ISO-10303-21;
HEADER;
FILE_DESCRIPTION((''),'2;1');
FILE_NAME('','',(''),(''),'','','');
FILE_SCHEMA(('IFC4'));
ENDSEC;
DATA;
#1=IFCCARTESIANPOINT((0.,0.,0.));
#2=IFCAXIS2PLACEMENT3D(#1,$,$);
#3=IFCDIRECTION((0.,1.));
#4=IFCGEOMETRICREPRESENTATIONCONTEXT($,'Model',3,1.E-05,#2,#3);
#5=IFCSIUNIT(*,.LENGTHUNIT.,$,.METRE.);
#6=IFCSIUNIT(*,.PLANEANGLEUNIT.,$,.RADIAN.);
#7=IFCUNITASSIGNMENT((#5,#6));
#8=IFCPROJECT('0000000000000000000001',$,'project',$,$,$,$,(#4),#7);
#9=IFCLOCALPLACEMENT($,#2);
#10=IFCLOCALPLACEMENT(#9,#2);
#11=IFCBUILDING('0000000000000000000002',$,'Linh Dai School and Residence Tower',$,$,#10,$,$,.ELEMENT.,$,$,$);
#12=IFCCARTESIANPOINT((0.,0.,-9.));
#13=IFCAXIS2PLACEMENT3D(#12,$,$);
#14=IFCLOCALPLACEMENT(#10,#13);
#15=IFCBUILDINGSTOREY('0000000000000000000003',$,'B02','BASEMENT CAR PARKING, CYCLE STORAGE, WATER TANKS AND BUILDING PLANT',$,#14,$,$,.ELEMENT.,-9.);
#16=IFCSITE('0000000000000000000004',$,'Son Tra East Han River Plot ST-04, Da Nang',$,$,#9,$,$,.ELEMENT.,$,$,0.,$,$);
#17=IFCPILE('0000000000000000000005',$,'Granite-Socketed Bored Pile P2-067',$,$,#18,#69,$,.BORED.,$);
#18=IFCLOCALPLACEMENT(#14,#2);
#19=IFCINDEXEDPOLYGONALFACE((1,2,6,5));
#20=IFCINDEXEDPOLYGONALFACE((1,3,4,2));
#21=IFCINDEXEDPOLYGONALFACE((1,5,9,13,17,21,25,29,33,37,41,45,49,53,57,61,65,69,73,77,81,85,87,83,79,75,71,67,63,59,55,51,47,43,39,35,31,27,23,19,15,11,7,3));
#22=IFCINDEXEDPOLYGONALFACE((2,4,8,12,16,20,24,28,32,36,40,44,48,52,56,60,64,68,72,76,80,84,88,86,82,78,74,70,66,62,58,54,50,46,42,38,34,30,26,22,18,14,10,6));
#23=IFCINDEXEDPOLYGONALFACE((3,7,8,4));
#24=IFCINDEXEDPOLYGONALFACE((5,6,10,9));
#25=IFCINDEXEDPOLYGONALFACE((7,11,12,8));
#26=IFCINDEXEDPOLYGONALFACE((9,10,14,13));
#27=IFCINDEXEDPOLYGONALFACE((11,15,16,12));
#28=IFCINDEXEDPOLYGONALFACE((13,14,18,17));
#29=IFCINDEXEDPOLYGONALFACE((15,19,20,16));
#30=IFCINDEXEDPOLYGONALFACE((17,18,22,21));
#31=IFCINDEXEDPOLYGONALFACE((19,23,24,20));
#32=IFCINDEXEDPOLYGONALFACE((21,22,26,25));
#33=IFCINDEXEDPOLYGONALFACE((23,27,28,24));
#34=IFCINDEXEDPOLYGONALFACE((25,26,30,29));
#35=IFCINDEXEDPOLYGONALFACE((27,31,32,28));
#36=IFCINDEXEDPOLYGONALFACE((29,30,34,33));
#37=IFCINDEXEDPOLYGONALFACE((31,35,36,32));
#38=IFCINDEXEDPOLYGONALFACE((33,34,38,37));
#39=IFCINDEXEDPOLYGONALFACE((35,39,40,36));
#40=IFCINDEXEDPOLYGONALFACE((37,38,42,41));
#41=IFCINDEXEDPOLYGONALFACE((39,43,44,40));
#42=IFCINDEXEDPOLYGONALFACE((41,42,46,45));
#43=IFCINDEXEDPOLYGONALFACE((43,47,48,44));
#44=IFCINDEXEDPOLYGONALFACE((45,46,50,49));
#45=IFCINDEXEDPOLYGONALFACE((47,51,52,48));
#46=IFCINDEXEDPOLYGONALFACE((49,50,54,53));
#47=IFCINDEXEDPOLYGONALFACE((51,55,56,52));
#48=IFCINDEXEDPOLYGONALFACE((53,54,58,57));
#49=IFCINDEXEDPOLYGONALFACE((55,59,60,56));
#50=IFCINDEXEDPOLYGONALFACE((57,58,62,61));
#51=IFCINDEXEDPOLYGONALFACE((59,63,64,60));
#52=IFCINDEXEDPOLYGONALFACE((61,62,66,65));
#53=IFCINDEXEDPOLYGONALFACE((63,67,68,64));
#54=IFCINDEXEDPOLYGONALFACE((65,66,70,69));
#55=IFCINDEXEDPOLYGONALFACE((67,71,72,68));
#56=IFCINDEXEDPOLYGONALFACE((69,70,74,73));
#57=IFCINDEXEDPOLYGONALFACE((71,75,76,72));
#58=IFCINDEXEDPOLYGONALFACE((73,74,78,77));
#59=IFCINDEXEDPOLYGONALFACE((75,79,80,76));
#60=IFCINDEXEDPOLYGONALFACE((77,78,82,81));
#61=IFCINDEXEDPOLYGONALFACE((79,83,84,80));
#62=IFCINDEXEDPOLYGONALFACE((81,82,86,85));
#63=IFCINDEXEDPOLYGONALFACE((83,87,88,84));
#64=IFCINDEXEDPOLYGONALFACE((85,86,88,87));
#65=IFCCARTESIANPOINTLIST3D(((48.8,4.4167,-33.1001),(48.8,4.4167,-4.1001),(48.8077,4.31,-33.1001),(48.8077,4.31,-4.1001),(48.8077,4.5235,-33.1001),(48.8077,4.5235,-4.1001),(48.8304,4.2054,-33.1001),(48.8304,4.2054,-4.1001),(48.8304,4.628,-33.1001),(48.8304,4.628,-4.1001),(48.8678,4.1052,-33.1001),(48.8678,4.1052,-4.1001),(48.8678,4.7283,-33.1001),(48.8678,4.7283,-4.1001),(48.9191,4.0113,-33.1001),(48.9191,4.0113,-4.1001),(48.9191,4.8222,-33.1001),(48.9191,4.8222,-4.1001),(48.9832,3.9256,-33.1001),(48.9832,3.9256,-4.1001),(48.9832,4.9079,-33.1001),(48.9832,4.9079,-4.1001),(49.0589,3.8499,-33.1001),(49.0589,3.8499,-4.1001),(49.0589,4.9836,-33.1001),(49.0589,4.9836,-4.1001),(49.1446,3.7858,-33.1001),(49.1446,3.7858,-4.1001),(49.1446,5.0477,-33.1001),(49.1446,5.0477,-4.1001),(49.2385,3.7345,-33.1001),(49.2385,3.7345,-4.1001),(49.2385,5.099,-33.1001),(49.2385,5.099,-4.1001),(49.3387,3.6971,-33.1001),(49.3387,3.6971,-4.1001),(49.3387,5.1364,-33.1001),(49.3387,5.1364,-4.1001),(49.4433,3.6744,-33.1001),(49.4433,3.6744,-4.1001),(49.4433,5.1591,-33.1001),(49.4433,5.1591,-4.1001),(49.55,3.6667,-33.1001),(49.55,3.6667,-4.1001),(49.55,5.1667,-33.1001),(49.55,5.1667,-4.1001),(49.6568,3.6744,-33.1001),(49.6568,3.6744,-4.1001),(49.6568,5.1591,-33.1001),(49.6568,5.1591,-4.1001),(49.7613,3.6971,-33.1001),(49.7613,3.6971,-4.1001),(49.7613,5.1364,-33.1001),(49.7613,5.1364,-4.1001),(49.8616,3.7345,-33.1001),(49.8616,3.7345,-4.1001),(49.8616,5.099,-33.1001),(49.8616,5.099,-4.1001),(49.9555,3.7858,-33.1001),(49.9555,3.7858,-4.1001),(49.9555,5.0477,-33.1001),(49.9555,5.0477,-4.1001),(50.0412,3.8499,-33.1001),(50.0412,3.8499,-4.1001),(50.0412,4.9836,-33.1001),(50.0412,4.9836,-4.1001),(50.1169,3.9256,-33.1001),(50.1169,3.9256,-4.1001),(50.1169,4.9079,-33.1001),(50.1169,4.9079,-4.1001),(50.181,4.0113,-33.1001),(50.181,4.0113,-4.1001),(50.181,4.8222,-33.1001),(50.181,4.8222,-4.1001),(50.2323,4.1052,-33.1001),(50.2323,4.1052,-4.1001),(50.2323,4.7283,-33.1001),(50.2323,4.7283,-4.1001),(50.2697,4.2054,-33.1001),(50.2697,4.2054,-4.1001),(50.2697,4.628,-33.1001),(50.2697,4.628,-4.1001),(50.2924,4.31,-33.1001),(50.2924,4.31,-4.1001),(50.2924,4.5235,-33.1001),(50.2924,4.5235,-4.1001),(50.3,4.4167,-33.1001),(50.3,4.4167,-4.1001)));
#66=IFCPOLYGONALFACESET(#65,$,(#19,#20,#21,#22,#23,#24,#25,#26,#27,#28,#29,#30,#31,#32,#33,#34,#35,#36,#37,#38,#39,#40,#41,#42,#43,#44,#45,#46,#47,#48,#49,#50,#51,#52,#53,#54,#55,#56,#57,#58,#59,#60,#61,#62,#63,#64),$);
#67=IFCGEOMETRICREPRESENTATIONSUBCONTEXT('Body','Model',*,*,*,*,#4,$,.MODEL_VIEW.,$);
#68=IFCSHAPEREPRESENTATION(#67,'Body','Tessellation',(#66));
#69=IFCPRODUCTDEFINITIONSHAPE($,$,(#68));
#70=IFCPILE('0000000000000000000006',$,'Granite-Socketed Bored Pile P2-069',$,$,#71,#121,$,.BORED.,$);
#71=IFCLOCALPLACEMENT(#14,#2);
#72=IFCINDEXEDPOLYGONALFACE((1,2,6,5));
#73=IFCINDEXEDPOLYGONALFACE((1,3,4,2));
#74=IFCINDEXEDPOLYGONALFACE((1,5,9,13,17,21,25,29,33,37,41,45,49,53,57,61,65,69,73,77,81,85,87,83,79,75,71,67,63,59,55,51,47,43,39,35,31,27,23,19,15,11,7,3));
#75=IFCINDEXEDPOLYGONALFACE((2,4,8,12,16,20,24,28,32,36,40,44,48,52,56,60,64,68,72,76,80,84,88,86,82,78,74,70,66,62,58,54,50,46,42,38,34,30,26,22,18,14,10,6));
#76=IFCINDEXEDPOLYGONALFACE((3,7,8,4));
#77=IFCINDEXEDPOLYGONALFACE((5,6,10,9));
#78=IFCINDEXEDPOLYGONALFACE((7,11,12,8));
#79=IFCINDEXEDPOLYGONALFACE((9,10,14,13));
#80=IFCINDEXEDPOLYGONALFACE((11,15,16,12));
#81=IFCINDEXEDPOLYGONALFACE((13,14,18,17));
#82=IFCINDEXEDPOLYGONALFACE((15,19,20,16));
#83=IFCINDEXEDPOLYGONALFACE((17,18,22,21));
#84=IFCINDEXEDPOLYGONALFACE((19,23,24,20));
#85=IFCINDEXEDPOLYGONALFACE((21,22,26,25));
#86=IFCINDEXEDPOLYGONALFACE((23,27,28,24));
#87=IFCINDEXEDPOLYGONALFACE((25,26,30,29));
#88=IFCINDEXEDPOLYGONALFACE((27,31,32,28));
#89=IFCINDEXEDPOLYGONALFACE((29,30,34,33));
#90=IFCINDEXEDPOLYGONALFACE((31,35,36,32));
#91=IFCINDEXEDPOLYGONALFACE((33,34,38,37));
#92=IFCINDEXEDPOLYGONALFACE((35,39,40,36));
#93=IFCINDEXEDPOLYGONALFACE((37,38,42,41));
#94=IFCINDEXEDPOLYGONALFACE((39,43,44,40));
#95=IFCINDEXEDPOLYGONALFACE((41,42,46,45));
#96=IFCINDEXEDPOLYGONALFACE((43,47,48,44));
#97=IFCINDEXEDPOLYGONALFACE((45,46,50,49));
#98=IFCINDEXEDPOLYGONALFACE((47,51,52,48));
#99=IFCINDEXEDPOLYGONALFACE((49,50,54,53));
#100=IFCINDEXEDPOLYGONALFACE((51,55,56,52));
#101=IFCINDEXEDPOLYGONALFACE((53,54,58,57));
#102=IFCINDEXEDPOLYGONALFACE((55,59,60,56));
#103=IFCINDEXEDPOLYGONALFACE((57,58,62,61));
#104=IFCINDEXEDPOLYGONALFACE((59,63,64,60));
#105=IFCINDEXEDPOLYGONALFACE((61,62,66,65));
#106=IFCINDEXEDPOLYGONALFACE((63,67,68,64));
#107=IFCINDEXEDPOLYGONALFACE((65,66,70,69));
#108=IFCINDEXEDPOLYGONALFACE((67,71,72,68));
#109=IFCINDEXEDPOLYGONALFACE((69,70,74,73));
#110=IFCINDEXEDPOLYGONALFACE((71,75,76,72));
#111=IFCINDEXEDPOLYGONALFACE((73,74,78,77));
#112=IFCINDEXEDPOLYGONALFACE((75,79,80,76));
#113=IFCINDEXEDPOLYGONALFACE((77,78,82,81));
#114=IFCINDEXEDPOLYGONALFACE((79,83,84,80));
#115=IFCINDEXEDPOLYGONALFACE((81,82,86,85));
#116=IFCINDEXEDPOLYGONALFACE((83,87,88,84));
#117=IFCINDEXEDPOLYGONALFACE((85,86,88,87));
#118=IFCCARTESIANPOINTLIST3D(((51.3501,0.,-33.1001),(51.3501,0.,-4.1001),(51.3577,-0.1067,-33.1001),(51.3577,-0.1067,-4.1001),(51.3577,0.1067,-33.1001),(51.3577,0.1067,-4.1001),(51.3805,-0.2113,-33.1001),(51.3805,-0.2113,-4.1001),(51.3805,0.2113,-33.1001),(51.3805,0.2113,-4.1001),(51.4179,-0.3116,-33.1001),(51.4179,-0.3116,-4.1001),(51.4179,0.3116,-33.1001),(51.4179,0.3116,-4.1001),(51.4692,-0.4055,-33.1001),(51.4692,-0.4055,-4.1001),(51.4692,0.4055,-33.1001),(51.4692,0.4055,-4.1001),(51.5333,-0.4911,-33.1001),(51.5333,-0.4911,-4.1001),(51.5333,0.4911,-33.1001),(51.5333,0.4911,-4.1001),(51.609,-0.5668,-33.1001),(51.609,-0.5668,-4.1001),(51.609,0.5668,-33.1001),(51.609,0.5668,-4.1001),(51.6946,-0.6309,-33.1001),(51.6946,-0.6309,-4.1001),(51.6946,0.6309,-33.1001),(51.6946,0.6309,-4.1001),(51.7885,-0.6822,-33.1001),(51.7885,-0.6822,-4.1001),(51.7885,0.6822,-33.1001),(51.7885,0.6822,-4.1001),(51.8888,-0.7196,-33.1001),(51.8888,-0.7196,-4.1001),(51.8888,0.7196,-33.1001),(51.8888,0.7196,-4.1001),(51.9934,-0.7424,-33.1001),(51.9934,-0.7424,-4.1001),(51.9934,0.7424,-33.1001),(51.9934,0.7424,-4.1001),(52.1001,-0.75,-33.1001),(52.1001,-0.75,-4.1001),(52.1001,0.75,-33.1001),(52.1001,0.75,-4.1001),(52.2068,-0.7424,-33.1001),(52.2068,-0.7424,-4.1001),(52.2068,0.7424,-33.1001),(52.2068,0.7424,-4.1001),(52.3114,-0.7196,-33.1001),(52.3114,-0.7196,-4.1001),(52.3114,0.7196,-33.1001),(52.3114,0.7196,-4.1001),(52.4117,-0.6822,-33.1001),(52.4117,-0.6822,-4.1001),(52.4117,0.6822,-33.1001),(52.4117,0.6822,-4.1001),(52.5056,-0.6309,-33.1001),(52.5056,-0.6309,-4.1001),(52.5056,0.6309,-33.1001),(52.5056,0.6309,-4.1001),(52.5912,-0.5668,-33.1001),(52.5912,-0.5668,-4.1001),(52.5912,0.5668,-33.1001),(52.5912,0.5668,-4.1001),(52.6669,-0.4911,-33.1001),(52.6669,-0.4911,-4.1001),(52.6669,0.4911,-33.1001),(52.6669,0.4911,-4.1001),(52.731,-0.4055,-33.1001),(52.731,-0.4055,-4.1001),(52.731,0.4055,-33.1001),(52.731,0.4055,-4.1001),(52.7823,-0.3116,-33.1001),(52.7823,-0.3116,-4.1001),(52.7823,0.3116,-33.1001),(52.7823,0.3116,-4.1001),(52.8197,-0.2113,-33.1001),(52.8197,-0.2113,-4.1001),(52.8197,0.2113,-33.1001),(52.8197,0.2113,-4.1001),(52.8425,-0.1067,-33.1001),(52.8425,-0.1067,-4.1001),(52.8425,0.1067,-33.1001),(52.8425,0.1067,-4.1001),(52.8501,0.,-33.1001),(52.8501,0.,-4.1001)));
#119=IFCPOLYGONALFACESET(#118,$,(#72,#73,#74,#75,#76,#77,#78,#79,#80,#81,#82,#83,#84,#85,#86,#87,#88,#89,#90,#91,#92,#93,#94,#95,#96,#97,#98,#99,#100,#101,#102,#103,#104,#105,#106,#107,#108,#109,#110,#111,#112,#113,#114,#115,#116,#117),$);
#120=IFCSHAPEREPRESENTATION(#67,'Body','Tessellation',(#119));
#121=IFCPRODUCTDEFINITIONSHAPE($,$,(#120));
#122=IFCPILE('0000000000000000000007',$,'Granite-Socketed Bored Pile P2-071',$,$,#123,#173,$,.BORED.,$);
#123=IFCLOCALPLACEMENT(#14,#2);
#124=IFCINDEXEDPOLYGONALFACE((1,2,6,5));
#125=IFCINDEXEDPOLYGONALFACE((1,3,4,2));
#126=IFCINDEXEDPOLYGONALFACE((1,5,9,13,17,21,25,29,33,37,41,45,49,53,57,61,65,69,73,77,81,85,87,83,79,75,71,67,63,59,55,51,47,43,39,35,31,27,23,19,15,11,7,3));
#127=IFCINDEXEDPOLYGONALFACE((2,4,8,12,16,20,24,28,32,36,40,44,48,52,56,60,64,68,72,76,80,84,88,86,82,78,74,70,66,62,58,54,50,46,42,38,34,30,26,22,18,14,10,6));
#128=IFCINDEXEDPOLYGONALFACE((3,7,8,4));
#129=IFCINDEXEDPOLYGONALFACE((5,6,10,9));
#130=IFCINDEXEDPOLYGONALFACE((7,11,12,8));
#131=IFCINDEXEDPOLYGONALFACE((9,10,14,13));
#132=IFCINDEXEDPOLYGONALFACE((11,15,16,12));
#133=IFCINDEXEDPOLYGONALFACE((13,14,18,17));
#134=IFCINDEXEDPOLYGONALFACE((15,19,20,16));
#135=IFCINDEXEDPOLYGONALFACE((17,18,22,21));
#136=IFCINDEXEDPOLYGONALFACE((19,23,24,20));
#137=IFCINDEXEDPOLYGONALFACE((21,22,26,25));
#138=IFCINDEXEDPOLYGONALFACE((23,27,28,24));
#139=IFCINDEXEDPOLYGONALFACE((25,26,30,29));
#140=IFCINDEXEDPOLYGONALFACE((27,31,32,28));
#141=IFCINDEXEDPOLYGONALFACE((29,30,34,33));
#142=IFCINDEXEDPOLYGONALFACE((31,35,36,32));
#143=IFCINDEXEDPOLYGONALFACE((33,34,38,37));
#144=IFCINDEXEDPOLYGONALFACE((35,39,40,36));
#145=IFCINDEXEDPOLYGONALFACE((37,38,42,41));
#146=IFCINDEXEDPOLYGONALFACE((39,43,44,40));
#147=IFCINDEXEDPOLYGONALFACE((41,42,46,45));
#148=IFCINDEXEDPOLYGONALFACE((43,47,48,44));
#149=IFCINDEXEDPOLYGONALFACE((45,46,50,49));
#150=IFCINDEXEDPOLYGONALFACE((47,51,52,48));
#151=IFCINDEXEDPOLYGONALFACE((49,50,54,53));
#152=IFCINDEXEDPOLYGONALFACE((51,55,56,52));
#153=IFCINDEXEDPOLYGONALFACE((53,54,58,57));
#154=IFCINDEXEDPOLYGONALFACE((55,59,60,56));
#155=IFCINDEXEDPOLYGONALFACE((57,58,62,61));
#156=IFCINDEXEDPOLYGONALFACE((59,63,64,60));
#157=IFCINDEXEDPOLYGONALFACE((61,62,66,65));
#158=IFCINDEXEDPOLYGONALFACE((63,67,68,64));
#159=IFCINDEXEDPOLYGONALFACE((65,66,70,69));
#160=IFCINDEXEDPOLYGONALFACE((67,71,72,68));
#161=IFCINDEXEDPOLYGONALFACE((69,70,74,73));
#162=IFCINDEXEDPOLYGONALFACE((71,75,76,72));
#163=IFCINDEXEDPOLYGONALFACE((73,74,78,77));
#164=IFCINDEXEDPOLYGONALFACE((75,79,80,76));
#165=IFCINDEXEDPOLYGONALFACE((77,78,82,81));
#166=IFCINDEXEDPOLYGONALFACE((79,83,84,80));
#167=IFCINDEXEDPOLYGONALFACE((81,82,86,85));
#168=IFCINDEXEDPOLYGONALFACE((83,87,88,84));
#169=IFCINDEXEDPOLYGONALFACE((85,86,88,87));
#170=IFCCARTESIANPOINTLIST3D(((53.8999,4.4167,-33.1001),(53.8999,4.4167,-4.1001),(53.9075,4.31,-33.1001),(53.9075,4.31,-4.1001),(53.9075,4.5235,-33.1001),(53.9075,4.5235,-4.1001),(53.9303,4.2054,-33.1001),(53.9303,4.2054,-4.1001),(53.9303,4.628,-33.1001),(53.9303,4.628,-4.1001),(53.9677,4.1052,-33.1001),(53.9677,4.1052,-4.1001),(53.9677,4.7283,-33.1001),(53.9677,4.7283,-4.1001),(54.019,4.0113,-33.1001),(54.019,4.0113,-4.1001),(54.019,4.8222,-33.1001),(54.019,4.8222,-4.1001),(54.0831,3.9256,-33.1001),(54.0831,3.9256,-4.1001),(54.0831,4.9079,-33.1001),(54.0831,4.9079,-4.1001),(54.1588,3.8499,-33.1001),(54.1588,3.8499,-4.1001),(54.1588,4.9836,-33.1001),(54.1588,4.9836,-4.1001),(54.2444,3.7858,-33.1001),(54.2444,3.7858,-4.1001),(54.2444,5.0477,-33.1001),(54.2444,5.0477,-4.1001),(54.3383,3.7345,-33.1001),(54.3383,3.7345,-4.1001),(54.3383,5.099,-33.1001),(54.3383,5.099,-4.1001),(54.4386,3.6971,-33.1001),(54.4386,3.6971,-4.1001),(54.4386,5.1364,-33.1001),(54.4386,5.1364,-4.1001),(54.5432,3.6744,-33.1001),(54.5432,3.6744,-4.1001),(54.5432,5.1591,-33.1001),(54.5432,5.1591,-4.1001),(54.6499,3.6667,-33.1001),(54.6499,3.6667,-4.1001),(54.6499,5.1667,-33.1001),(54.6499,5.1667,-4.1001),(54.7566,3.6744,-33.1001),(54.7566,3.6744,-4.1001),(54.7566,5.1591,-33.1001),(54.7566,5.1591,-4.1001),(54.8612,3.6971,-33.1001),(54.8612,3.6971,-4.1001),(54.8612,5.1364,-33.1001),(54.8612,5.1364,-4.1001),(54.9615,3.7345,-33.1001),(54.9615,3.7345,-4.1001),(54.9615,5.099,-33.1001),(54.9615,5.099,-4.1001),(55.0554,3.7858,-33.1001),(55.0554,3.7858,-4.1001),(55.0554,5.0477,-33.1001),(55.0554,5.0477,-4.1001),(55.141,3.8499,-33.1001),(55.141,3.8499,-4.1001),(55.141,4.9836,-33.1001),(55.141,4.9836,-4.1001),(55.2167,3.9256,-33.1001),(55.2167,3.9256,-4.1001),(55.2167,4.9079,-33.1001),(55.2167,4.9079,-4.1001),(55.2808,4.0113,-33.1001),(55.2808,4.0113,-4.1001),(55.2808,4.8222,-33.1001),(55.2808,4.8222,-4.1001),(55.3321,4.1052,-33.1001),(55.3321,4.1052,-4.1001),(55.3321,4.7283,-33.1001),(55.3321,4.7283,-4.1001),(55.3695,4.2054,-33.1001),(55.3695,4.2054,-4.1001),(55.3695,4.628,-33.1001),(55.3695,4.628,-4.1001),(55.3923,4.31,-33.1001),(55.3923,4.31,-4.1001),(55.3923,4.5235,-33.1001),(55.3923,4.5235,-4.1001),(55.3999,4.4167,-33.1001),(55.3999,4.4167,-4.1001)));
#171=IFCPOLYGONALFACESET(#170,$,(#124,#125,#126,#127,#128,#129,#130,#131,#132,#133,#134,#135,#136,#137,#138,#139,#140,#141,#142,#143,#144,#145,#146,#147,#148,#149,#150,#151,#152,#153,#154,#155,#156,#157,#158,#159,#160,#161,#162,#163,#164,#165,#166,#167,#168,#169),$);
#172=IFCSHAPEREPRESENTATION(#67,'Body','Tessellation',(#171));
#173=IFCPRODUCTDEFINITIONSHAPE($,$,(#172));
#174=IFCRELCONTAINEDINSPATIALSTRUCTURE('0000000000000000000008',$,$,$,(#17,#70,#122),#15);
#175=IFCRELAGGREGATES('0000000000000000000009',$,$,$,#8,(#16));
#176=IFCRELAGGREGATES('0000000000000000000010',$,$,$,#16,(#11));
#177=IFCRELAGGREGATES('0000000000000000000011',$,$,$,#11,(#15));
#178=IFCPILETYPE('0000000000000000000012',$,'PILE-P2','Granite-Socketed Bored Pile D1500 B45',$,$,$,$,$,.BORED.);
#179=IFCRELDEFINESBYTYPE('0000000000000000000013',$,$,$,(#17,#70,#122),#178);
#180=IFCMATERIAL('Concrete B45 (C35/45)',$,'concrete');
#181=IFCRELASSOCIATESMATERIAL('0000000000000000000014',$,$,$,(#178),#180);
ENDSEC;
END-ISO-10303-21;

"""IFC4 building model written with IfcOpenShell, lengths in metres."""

from ifc_helpers import new_model, si_unit, direction, frame, origin, origin_2d, place, context, subcontext, project, spatial, circle, extrude, material, material_profile, profile_set, type_object, element, save


model = new_model("IFC4")

# Units and contexts
model_context = context("Model", 3, precision=1e-05, world=origin(), true_north=direction((0.0, 1.0)))
body_context = subcontext(model_context, "Body", "Model", "MODEL_VIEW")
ifc_project = project(units=[si_unit("LENGTHUNIT", "METRE"), si_unit("PLANEANGLEUNIT", "RADIAN")], contexts=[model_context])

# Site, building, storey
site_placement = place(None, origin())
site = spatial("IfcSite", under=ifc_project, at=site_placement, Name="Son Tra East Han River Plot ST-04, Da Nang", CompositionType="ELEMENT", RefElevation=0.0)
building_placement = place(site_placement, origin())
building = spatial("IfcBuilding", under=site, at=building_placement, Name="Linh Dai School and Residence Tower", CompositionType="ELEMENT")
storey_placement = place(building_placement, frame((0.0, 0.0, -9.0)))
storey = spatial("IfcBuildingStorey", under=building, at=storey_placement, Name="B02", Description="BASEMENT CAR PARKING, CYCLE STORAGE, WATER TANKS AND BUILDING PLANT", CompositionType="ELEMENT", Elevation=-9.0)

# Piles
ifc_material_1 = material(Name="Concrete B45 (C35/45)", Category="concrete")
ifc_material_profile_1 = material_profile(ifc_material_1, circle(Radius=0.75, at=origin_2d()), Name="PILE D1500")
ifc_profile_set_1 = profile_set([ifc_material_profile_1], Name="Concrete B45 (C35/45)")
pile_type_1 = type_object("IfcPileType", Name="PILE-P2", Description="Granite-Socketed Bored Pile D1500 B45", PredefinedType="BORED", material=ifc_profile_set_1)
for number, where, z_axis, x_axis, name in (
    (1, (49.55, 4.4167, -4.1001), (0.0, 0.0, -1.0), (1.0, 0.0, 0.0), "Granite-Socketed Bored Pile P2-067"),
    (2, (52.1001, 0.0, -4.1001), (0.0, 0.0, -1.0), (1.0, 0.0, 0.0), "Granite-Socketed Bored Pile P2-069"),
    (3, (54.6499, 4.4167, -4.1001), (0.0, 0.0, -1.0), (1.0, 0.0, 0.0), "Granite-Socketed Bored Pile P2-071"),
):
    element("IfcPile", number, at=place(storey_placement, frame(where, z_axis=z_axis, x_axis=x_axis)), inside=storey, type_object=pile_type_1, Name=name, PredefinedType="BORED", context=body_context, shape_type="SweptSolid", body=[
        extrude(circle(Radius=0.75, at=origin_2d()), origin(), (0.0, 0.0, 1.0), 29.0),
    ])

save(model, "model.ifc")
